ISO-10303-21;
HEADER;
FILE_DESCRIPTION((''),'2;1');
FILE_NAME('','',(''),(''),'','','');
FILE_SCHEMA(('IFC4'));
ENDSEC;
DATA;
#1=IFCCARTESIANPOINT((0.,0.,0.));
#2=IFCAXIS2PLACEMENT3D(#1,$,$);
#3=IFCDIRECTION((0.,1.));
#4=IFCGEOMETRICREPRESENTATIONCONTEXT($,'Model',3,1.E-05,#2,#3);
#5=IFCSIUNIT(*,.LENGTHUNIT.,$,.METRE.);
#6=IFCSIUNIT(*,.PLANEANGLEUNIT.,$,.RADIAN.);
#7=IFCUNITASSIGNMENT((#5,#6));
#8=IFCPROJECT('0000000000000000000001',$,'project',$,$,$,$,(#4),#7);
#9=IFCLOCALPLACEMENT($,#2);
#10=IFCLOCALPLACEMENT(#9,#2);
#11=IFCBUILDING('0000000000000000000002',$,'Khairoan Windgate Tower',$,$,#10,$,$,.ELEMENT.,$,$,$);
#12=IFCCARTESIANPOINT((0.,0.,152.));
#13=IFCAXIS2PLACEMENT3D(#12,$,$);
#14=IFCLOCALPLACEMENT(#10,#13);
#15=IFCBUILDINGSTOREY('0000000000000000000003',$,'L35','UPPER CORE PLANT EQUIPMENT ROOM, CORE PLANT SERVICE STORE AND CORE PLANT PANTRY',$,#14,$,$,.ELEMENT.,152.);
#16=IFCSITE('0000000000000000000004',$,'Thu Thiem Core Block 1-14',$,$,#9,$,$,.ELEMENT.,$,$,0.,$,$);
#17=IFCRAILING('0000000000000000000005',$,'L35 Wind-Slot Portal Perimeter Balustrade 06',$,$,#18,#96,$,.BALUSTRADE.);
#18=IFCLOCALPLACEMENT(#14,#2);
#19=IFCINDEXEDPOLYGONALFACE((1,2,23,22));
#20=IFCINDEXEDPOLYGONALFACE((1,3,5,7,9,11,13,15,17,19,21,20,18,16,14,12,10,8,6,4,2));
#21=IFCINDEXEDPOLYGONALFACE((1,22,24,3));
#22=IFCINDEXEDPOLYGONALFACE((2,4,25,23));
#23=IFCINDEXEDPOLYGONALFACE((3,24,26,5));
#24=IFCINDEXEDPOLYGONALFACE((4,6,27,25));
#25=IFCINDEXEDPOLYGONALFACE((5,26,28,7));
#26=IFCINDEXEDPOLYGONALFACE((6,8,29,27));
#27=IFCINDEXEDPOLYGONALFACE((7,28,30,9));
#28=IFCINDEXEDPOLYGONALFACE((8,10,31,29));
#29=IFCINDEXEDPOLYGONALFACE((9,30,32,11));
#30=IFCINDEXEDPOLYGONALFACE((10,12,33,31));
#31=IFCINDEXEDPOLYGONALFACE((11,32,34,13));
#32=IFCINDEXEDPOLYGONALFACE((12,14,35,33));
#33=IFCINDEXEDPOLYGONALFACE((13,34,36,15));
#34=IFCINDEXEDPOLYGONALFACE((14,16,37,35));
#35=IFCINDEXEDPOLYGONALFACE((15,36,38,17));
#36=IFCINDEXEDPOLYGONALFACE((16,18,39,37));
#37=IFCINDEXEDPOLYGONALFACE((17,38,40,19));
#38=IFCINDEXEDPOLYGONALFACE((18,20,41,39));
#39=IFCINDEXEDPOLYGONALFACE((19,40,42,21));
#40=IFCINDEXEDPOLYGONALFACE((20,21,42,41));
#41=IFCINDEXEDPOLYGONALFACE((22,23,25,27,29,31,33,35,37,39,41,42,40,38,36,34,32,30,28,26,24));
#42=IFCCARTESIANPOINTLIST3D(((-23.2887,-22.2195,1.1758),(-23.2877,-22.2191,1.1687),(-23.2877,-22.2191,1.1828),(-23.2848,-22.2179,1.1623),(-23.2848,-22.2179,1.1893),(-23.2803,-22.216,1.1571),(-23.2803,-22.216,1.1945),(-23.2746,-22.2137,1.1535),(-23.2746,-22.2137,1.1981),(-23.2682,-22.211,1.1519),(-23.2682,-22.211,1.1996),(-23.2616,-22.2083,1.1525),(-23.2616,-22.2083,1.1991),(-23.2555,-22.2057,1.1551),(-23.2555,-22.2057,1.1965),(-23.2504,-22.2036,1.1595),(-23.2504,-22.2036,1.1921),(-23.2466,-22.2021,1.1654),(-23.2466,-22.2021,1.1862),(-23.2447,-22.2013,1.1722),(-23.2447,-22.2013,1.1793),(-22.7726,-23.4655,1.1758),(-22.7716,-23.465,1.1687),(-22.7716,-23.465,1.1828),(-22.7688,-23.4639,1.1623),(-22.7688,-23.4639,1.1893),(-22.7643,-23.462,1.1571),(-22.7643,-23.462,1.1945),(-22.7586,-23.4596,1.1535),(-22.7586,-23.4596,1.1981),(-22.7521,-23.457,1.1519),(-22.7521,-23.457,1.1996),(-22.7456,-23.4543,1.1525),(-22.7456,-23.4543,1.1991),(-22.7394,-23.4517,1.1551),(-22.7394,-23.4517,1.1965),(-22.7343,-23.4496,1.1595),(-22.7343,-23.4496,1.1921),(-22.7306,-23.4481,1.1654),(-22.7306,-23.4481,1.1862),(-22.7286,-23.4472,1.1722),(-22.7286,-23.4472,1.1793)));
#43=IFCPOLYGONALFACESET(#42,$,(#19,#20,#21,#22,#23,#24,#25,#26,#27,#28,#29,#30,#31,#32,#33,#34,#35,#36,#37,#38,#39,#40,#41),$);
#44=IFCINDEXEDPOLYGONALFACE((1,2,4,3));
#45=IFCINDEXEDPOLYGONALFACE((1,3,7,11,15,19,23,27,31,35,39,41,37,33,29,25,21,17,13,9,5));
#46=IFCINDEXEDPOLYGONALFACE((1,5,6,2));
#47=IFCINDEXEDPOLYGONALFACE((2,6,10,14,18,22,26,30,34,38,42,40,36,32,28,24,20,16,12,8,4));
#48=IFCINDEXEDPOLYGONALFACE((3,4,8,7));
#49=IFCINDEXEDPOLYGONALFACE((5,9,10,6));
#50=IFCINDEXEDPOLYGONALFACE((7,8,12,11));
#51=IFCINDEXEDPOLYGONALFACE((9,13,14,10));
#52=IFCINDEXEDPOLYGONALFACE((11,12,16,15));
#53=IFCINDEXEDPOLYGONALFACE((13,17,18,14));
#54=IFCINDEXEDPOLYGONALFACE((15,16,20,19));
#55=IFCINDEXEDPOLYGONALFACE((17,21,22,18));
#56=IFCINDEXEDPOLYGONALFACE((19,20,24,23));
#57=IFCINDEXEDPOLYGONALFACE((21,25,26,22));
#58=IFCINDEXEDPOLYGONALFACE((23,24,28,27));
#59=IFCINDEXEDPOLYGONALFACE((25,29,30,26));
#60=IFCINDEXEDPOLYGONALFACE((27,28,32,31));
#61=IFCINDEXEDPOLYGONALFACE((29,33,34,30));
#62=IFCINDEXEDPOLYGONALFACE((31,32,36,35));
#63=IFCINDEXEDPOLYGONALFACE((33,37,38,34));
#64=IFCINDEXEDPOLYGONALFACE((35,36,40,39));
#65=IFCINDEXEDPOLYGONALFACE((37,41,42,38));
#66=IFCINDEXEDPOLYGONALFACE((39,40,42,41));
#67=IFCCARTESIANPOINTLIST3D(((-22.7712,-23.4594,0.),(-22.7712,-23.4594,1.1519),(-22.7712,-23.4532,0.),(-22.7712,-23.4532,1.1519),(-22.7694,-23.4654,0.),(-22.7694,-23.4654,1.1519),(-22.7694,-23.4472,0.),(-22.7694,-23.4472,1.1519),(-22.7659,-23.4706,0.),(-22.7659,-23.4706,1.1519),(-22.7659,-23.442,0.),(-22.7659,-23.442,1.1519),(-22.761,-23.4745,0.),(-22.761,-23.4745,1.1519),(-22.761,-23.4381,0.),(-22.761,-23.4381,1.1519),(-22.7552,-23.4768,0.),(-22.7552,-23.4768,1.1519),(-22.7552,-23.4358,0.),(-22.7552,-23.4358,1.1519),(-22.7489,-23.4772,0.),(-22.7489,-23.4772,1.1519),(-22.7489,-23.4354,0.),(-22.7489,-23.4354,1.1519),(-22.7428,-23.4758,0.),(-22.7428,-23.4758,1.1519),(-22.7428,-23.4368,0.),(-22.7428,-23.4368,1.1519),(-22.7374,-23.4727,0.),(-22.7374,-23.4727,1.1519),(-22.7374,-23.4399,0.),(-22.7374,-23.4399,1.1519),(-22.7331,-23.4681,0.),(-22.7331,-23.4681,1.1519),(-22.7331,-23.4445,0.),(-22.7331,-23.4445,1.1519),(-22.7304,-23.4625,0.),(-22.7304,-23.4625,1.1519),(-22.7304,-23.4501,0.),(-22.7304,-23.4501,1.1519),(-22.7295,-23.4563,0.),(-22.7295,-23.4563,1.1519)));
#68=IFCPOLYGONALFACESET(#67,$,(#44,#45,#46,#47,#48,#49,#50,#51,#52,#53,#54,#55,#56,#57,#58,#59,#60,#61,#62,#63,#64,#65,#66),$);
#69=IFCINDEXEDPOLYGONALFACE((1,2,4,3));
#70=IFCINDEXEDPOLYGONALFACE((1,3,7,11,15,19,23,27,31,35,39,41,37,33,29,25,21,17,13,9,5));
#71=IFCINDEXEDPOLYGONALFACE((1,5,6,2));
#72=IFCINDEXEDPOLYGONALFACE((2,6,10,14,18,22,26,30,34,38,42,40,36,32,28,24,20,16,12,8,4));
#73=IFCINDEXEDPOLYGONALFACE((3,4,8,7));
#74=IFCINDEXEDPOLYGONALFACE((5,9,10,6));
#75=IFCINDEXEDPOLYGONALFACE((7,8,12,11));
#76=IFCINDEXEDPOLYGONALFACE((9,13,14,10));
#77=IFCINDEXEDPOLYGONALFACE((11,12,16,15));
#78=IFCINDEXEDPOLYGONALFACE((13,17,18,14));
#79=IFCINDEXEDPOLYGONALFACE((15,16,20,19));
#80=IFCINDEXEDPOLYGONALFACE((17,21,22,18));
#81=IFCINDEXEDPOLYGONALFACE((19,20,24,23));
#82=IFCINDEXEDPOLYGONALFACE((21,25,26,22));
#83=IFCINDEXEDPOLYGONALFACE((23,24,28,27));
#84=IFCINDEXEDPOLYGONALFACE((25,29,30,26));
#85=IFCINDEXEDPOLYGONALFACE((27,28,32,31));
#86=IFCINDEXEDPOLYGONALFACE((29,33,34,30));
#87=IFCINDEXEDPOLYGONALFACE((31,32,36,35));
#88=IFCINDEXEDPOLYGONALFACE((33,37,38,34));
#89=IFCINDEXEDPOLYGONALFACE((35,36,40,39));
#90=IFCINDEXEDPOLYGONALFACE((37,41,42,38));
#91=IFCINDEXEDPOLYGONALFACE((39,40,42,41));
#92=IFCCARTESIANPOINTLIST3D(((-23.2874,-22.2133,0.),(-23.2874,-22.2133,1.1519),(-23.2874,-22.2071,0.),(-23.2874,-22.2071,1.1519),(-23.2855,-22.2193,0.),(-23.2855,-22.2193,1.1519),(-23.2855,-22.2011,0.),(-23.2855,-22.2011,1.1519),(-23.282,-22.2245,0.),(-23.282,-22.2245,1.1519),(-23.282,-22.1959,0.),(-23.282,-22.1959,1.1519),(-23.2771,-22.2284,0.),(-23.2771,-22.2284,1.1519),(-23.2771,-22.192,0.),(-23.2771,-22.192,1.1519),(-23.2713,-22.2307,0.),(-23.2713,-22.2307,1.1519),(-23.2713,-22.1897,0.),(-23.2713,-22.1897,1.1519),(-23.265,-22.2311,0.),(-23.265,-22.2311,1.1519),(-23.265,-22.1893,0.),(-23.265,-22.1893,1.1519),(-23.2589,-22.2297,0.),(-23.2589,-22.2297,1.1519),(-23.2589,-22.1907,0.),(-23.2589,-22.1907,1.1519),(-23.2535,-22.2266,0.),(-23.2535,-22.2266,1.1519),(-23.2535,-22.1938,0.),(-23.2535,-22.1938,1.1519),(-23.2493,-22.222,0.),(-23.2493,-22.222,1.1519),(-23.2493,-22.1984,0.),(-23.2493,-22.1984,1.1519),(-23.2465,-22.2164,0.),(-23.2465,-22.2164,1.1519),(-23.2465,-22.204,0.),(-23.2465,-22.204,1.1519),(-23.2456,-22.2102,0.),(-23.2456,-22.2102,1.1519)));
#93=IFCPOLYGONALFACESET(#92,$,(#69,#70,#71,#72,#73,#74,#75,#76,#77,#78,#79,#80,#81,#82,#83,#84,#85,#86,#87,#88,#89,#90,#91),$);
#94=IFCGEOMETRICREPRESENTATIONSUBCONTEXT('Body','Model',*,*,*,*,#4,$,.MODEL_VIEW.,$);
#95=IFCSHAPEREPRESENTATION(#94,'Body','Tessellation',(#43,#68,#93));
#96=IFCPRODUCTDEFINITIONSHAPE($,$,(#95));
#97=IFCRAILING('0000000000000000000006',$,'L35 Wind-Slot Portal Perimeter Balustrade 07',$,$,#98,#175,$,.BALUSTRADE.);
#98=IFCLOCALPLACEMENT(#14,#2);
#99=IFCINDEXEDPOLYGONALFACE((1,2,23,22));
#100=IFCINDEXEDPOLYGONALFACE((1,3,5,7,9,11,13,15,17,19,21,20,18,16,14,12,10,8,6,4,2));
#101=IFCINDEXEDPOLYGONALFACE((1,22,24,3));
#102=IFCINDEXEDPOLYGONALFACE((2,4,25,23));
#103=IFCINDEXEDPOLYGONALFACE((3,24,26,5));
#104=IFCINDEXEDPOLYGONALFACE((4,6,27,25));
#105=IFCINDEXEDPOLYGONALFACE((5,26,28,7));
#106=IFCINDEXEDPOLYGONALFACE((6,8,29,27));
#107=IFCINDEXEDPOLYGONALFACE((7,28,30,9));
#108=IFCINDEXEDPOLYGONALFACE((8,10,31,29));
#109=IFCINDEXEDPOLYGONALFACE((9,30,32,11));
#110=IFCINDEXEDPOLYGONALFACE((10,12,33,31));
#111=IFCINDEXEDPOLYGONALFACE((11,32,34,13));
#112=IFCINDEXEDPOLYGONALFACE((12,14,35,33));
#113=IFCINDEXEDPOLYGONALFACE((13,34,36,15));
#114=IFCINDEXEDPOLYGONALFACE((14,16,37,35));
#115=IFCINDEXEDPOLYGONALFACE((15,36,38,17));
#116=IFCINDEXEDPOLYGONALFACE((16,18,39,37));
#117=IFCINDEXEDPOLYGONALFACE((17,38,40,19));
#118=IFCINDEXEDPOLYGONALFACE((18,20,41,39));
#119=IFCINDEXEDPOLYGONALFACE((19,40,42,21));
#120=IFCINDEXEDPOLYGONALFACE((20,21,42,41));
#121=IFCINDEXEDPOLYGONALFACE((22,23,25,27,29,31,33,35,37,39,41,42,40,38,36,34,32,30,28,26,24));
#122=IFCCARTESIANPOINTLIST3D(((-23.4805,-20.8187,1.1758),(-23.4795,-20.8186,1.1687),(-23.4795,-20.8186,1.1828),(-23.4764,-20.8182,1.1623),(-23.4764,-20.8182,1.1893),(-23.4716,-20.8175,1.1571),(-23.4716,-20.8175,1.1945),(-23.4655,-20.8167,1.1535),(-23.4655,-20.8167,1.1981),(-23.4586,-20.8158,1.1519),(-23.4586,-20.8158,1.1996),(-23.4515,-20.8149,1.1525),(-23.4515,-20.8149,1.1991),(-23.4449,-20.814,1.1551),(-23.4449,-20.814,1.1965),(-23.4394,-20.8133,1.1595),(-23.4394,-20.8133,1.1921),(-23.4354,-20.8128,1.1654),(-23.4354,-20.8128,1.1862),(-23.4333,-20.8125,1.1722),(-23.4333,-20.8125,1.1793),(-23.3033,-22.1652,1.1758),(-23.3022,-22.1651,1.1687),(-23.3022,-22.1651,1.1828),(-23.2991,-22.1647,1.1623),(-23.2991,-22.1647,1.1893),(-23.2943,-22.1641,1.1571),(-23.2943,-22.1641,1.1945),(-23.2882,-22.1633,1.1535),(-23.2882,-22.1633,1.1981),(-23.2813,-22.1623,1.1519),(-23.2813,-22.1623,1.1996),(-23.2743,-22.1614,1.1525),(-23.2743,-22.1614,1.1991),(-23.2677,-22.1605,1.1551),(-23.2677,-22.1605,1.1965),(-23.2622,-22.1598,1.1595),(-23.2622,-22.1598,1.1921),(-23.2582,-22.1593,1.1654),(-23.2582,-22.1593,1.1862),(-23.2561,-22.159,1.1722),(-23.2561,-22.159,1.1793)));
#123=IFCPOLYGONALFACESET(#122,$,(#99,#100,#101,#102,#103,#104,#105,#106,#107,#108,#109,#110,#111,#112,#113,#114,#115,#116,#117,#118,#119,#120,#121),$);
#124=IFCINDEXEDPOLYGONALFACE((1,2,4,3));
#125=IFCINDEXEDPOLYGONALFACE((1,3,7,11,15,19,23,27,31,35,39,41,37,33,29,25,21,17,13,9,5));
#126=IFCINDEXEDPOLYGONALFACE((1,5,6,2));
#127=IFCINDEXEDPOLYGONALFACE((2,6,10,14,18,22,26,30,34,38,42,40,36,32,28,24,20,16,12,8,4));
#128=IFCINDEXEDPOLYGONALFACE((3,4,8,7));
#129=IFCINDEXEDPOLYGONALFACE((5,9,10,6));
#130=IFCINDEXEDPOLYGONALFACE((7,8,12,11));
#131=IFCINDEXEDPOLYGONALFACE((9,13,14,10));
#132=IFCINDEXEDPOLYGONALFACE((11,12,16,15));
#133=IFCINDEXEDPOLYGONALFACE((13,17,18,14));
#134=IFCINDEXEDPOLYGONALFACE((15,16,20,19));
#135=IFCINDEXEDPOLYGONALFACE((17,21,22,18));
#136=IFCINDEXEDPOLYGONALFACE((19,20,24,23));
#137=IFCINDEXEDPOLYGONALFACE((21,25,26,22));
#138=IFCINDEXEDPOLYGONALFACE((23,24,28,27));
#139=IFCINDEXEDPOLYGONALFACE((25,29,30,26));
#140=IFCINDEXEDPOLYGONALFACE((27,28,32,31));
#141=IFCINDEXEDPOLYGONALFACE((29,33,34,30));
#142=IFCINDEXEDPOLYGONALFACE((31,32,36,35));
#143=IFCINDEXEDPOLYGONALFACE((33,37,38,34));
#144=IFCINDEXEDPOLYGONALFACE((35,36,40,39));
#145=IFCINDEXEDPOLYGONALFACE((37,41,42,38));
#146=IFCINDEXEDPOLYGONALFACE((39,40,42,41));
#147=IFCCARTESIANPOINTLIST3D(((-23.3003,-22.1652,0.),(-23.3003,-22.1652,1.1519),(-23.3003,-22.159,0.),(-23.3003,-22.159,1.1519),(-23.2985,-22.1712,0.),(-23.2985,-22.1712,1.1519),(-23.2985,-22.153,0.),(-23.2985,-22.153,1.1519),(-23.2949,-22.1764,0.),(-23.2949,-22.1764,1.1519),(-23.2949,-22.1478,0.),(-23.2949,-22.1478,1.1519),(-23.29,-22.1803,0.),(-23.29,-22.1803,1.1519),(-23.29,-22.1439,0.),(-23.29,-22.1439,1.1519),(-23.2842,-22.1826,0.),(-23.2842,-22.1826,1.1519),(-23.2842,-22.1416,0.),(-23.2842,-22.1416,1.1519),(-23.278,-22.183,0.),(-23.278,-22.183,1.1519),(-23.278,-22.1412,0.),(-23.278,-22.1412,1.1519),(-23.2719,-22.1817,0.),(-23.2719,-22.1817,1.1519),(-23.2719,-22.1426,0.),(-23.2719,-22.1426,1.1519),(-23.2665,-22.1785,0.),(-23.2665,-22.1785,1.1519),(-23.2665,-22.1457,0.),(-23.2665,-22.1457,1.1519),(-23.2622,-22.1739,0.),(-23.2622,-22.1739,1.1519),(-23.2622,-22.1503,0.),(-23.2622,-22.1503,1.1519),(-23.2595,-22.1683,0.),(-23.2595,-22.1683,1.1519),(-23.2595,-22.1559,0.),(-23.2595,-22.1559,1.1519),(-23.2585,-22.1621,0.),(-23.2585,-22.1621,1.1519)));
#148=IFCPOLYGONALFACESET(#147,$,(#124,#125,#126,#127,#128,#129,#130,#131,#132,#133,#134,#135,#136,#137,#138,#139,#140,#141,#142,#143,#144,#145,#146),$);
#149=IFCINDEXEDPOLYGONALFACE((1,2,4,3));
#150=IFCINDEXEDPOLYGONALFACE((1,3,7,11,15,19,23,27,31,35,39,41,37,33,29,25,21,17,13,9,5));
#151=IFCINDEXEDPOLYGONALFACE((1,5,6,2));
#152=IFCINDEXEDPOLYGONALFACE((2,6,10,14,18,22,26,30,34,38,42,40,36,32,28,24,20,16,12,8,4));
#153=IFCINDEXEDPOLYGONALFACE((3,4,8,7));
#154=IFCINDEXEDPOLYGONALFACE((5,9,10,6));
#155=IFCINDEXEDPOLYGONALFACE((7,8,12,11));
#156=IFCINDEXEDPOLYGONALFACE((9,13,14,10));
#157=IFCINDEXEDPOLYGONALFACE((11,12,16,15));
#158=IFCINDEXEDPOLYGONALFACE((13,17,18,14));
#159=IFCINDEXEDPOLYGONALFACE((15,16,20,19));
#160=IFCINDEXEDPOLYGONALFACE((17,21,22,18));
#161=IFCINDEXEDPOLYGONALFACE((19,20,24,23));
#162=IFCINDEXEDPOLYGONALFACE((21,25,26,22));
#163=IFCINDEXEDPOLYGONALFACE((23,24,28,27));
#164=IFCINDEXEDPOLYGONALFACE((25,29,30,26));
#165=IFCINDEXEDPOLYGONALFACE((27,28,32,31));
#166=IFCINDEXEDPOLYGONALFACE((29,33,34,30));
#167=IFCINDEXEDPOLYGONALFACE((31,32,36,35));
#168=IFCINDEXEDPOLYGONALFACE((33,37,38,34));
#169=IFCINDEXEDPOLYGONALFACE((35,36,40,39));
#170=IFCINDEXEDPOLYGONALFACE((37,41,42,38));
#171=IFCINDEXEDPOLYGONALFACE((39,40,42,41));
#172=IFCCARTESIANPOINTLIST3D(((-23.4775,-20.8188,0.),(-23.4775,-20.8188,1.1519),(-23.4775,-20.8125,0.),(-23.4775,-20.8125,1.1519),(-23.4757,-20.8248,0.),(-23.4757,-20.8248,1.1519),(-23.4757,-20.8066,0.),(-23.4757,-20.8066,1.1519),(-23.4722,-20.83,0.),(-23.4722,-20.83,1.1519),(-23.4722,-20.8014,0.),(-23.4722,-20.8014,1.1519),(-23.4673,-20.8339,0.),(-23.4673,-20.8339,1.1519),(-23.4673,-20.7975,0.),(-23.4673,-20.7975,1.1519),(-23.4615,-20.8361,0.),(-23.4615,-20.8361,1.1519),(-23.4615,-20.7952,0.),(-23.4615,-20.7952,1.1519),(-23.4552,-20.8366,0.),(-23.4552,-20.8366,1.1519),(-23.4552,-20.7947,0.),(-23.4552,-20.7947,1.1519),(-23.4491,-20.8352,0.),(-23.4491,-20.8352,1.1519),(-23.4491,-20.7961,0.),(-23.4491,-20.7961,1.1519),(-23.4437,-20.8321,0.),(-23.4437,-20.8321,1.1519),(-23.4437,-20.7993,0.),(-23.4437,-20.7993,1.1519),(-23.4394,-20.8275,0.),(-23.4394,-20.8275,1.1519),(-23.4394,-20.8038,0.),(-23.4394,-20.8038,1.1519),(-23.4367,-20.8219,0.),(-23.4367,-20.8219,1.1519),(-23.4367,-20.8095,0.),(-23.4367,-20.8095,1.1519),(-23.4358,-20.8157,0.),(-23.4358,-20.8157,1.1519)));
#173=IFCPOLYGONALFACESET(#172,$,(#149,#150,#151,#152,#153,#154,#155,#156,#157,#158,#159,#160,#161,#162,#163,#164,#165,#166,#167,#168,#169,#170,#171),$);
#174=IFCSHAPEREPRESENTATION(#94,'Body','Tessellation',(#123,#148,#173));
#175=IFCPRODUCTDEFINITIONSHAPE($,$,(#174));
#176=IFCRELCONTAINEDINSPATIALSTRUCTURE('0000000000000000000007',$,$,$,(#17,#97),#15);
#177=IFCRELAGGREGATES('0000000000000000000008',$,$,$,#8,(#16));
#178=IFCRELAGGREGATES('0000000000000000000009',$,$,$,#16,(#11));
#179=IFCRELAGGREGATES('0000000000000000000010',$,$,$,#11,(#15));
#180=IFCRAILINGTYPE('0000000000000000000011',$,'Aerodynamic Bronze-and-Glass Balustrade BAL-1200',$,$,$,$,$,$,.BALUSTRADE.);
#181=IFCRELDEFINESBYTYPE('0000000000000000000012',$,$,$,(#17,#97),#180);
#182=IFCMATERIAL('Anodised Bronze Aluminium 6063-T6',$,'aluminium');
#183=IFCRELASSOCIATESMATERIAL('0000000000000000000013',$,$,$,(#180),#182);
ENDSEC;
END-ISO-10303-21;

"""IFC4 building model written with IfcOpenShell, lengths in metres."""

from ifc_helpers import new_model, si_unit, direction, frame, origin, origin_2d, place, context, subcontext, project, spatial, circle, extrude, material, type_object, element, save


model = new_model("IFC4")

# Units and contexts
model_context = context("Model", 3, precision=1e-05, world=origin(), true_north=direction((0.0, 1.0)))
body_context = subcontext(model_context, "Body", "Model", "MODEL_VIEW")
ifc_project = project(units=[si_unit("LENGTHUNIT", "METRE"), si_unit("PLANEANGLEUNIT", "RADIAN")], contexts=[model_context])

# Site, building, storey
site_placement = place(None, origin())
site = spatial("IfcSite", under=ifc_project, at=site_placement, Name="Thu Thiem Core Block 1-14", CompositionType="ELEMENT", RefElevation=0.0)
building_placement = place(site_placement, origin())
building = spatial("IfcBuilding", under=site, at=building_placement, Name="Khairoan Windgate Tower", CompositionType="ELEMENT")
storey_placement = place(building_placement, frame((0.0, 0.0, 152.0)))
storey = spatial("IfcBuildingStorey", under=building, at=storey_placement, Name="L35", Description="UPPER CORE PLANT EQUIPMENT ROOM, CORE PLANT SERVICE STORE AND CORE PLANT PANTRY", CompositionType="ELEMENT", Elevation=152.0)

# Railings
ifc_material_1 = material(Name="Anodised Bronze Aluminium 6063-T6", Category="aluminium")
railing_type = type_object("IfcRailingType", Name="Aerodynamic Bronze-and-Glass Balustrade BAL-1200", PredefinedType="BALUSTRADE", material=ifc_material_1)
railing_1_placement = place(storey_placement, frame((-22.7505, -23.4563, 0.0)))
element("IfcRailing", 1, at=railing_1_placement, inside=storey, type_object=railing_type, Name="L35 Wind-Slot Portal Perimeter Balustrade 06", PredefinedType="BALUSTRADE", context=body_context, shape_type="SweptSolid", body=[
    extrude(circle(Radius=0.0239, at=origin_2d()), frame((0.0, 0.0, 1.1758), z_axis=(-0.382661, 0.923889, 0.0), x_axis=(-0.923889, -0.382661, 0.0)), (0.0, 0.0, 1.0), 1.3486),
    extrude(circle(Radius=0.021, at=origin_2d()), origin(), (0.0, 0.0, 1.0), 1.1519),
    extrude(circle(Radius=0.021, at=origin_2d()), frame((-0.5161, 1.2461, 0.0)), (0.0, 0.0, 1.0), 1.1519),
])
railing_2_placement = place(storey_placement, frame((-23.2795, -22.1621, 0.0)))
element("IfcRailing", 2, at=railing_2_placement, inside=storey, type_object=railing_type, Name="L35 Wind-Slot Portal Perimeter Balustrade 07", PredefinedType="BALUSTRADE", context=body_context, shape_type="SweptSolid", body=[
    extrude(circle(Radius=0.0239, at=origin_2d()), frame((0.0, 0.0, 1.1758), z_axis=(-0.130515, 0.991446, 0.0), x_axis=(-0.991446, -0.130515, 0.0)), (0.0, 0.0, 1.0), 1.3582),
    extrude(circle(Radius=0.021, at=origin_2d()), origin(), (0.0, 0.0, 1.0), 1.1519),
    extrude(circle(Radius=0.021, at=origin_2d()), frame((-0.1772, 1.3464, 0.0)), (0.0, 0.0, 1.0), 1.1519),
])

save(model, "model.ifc")
